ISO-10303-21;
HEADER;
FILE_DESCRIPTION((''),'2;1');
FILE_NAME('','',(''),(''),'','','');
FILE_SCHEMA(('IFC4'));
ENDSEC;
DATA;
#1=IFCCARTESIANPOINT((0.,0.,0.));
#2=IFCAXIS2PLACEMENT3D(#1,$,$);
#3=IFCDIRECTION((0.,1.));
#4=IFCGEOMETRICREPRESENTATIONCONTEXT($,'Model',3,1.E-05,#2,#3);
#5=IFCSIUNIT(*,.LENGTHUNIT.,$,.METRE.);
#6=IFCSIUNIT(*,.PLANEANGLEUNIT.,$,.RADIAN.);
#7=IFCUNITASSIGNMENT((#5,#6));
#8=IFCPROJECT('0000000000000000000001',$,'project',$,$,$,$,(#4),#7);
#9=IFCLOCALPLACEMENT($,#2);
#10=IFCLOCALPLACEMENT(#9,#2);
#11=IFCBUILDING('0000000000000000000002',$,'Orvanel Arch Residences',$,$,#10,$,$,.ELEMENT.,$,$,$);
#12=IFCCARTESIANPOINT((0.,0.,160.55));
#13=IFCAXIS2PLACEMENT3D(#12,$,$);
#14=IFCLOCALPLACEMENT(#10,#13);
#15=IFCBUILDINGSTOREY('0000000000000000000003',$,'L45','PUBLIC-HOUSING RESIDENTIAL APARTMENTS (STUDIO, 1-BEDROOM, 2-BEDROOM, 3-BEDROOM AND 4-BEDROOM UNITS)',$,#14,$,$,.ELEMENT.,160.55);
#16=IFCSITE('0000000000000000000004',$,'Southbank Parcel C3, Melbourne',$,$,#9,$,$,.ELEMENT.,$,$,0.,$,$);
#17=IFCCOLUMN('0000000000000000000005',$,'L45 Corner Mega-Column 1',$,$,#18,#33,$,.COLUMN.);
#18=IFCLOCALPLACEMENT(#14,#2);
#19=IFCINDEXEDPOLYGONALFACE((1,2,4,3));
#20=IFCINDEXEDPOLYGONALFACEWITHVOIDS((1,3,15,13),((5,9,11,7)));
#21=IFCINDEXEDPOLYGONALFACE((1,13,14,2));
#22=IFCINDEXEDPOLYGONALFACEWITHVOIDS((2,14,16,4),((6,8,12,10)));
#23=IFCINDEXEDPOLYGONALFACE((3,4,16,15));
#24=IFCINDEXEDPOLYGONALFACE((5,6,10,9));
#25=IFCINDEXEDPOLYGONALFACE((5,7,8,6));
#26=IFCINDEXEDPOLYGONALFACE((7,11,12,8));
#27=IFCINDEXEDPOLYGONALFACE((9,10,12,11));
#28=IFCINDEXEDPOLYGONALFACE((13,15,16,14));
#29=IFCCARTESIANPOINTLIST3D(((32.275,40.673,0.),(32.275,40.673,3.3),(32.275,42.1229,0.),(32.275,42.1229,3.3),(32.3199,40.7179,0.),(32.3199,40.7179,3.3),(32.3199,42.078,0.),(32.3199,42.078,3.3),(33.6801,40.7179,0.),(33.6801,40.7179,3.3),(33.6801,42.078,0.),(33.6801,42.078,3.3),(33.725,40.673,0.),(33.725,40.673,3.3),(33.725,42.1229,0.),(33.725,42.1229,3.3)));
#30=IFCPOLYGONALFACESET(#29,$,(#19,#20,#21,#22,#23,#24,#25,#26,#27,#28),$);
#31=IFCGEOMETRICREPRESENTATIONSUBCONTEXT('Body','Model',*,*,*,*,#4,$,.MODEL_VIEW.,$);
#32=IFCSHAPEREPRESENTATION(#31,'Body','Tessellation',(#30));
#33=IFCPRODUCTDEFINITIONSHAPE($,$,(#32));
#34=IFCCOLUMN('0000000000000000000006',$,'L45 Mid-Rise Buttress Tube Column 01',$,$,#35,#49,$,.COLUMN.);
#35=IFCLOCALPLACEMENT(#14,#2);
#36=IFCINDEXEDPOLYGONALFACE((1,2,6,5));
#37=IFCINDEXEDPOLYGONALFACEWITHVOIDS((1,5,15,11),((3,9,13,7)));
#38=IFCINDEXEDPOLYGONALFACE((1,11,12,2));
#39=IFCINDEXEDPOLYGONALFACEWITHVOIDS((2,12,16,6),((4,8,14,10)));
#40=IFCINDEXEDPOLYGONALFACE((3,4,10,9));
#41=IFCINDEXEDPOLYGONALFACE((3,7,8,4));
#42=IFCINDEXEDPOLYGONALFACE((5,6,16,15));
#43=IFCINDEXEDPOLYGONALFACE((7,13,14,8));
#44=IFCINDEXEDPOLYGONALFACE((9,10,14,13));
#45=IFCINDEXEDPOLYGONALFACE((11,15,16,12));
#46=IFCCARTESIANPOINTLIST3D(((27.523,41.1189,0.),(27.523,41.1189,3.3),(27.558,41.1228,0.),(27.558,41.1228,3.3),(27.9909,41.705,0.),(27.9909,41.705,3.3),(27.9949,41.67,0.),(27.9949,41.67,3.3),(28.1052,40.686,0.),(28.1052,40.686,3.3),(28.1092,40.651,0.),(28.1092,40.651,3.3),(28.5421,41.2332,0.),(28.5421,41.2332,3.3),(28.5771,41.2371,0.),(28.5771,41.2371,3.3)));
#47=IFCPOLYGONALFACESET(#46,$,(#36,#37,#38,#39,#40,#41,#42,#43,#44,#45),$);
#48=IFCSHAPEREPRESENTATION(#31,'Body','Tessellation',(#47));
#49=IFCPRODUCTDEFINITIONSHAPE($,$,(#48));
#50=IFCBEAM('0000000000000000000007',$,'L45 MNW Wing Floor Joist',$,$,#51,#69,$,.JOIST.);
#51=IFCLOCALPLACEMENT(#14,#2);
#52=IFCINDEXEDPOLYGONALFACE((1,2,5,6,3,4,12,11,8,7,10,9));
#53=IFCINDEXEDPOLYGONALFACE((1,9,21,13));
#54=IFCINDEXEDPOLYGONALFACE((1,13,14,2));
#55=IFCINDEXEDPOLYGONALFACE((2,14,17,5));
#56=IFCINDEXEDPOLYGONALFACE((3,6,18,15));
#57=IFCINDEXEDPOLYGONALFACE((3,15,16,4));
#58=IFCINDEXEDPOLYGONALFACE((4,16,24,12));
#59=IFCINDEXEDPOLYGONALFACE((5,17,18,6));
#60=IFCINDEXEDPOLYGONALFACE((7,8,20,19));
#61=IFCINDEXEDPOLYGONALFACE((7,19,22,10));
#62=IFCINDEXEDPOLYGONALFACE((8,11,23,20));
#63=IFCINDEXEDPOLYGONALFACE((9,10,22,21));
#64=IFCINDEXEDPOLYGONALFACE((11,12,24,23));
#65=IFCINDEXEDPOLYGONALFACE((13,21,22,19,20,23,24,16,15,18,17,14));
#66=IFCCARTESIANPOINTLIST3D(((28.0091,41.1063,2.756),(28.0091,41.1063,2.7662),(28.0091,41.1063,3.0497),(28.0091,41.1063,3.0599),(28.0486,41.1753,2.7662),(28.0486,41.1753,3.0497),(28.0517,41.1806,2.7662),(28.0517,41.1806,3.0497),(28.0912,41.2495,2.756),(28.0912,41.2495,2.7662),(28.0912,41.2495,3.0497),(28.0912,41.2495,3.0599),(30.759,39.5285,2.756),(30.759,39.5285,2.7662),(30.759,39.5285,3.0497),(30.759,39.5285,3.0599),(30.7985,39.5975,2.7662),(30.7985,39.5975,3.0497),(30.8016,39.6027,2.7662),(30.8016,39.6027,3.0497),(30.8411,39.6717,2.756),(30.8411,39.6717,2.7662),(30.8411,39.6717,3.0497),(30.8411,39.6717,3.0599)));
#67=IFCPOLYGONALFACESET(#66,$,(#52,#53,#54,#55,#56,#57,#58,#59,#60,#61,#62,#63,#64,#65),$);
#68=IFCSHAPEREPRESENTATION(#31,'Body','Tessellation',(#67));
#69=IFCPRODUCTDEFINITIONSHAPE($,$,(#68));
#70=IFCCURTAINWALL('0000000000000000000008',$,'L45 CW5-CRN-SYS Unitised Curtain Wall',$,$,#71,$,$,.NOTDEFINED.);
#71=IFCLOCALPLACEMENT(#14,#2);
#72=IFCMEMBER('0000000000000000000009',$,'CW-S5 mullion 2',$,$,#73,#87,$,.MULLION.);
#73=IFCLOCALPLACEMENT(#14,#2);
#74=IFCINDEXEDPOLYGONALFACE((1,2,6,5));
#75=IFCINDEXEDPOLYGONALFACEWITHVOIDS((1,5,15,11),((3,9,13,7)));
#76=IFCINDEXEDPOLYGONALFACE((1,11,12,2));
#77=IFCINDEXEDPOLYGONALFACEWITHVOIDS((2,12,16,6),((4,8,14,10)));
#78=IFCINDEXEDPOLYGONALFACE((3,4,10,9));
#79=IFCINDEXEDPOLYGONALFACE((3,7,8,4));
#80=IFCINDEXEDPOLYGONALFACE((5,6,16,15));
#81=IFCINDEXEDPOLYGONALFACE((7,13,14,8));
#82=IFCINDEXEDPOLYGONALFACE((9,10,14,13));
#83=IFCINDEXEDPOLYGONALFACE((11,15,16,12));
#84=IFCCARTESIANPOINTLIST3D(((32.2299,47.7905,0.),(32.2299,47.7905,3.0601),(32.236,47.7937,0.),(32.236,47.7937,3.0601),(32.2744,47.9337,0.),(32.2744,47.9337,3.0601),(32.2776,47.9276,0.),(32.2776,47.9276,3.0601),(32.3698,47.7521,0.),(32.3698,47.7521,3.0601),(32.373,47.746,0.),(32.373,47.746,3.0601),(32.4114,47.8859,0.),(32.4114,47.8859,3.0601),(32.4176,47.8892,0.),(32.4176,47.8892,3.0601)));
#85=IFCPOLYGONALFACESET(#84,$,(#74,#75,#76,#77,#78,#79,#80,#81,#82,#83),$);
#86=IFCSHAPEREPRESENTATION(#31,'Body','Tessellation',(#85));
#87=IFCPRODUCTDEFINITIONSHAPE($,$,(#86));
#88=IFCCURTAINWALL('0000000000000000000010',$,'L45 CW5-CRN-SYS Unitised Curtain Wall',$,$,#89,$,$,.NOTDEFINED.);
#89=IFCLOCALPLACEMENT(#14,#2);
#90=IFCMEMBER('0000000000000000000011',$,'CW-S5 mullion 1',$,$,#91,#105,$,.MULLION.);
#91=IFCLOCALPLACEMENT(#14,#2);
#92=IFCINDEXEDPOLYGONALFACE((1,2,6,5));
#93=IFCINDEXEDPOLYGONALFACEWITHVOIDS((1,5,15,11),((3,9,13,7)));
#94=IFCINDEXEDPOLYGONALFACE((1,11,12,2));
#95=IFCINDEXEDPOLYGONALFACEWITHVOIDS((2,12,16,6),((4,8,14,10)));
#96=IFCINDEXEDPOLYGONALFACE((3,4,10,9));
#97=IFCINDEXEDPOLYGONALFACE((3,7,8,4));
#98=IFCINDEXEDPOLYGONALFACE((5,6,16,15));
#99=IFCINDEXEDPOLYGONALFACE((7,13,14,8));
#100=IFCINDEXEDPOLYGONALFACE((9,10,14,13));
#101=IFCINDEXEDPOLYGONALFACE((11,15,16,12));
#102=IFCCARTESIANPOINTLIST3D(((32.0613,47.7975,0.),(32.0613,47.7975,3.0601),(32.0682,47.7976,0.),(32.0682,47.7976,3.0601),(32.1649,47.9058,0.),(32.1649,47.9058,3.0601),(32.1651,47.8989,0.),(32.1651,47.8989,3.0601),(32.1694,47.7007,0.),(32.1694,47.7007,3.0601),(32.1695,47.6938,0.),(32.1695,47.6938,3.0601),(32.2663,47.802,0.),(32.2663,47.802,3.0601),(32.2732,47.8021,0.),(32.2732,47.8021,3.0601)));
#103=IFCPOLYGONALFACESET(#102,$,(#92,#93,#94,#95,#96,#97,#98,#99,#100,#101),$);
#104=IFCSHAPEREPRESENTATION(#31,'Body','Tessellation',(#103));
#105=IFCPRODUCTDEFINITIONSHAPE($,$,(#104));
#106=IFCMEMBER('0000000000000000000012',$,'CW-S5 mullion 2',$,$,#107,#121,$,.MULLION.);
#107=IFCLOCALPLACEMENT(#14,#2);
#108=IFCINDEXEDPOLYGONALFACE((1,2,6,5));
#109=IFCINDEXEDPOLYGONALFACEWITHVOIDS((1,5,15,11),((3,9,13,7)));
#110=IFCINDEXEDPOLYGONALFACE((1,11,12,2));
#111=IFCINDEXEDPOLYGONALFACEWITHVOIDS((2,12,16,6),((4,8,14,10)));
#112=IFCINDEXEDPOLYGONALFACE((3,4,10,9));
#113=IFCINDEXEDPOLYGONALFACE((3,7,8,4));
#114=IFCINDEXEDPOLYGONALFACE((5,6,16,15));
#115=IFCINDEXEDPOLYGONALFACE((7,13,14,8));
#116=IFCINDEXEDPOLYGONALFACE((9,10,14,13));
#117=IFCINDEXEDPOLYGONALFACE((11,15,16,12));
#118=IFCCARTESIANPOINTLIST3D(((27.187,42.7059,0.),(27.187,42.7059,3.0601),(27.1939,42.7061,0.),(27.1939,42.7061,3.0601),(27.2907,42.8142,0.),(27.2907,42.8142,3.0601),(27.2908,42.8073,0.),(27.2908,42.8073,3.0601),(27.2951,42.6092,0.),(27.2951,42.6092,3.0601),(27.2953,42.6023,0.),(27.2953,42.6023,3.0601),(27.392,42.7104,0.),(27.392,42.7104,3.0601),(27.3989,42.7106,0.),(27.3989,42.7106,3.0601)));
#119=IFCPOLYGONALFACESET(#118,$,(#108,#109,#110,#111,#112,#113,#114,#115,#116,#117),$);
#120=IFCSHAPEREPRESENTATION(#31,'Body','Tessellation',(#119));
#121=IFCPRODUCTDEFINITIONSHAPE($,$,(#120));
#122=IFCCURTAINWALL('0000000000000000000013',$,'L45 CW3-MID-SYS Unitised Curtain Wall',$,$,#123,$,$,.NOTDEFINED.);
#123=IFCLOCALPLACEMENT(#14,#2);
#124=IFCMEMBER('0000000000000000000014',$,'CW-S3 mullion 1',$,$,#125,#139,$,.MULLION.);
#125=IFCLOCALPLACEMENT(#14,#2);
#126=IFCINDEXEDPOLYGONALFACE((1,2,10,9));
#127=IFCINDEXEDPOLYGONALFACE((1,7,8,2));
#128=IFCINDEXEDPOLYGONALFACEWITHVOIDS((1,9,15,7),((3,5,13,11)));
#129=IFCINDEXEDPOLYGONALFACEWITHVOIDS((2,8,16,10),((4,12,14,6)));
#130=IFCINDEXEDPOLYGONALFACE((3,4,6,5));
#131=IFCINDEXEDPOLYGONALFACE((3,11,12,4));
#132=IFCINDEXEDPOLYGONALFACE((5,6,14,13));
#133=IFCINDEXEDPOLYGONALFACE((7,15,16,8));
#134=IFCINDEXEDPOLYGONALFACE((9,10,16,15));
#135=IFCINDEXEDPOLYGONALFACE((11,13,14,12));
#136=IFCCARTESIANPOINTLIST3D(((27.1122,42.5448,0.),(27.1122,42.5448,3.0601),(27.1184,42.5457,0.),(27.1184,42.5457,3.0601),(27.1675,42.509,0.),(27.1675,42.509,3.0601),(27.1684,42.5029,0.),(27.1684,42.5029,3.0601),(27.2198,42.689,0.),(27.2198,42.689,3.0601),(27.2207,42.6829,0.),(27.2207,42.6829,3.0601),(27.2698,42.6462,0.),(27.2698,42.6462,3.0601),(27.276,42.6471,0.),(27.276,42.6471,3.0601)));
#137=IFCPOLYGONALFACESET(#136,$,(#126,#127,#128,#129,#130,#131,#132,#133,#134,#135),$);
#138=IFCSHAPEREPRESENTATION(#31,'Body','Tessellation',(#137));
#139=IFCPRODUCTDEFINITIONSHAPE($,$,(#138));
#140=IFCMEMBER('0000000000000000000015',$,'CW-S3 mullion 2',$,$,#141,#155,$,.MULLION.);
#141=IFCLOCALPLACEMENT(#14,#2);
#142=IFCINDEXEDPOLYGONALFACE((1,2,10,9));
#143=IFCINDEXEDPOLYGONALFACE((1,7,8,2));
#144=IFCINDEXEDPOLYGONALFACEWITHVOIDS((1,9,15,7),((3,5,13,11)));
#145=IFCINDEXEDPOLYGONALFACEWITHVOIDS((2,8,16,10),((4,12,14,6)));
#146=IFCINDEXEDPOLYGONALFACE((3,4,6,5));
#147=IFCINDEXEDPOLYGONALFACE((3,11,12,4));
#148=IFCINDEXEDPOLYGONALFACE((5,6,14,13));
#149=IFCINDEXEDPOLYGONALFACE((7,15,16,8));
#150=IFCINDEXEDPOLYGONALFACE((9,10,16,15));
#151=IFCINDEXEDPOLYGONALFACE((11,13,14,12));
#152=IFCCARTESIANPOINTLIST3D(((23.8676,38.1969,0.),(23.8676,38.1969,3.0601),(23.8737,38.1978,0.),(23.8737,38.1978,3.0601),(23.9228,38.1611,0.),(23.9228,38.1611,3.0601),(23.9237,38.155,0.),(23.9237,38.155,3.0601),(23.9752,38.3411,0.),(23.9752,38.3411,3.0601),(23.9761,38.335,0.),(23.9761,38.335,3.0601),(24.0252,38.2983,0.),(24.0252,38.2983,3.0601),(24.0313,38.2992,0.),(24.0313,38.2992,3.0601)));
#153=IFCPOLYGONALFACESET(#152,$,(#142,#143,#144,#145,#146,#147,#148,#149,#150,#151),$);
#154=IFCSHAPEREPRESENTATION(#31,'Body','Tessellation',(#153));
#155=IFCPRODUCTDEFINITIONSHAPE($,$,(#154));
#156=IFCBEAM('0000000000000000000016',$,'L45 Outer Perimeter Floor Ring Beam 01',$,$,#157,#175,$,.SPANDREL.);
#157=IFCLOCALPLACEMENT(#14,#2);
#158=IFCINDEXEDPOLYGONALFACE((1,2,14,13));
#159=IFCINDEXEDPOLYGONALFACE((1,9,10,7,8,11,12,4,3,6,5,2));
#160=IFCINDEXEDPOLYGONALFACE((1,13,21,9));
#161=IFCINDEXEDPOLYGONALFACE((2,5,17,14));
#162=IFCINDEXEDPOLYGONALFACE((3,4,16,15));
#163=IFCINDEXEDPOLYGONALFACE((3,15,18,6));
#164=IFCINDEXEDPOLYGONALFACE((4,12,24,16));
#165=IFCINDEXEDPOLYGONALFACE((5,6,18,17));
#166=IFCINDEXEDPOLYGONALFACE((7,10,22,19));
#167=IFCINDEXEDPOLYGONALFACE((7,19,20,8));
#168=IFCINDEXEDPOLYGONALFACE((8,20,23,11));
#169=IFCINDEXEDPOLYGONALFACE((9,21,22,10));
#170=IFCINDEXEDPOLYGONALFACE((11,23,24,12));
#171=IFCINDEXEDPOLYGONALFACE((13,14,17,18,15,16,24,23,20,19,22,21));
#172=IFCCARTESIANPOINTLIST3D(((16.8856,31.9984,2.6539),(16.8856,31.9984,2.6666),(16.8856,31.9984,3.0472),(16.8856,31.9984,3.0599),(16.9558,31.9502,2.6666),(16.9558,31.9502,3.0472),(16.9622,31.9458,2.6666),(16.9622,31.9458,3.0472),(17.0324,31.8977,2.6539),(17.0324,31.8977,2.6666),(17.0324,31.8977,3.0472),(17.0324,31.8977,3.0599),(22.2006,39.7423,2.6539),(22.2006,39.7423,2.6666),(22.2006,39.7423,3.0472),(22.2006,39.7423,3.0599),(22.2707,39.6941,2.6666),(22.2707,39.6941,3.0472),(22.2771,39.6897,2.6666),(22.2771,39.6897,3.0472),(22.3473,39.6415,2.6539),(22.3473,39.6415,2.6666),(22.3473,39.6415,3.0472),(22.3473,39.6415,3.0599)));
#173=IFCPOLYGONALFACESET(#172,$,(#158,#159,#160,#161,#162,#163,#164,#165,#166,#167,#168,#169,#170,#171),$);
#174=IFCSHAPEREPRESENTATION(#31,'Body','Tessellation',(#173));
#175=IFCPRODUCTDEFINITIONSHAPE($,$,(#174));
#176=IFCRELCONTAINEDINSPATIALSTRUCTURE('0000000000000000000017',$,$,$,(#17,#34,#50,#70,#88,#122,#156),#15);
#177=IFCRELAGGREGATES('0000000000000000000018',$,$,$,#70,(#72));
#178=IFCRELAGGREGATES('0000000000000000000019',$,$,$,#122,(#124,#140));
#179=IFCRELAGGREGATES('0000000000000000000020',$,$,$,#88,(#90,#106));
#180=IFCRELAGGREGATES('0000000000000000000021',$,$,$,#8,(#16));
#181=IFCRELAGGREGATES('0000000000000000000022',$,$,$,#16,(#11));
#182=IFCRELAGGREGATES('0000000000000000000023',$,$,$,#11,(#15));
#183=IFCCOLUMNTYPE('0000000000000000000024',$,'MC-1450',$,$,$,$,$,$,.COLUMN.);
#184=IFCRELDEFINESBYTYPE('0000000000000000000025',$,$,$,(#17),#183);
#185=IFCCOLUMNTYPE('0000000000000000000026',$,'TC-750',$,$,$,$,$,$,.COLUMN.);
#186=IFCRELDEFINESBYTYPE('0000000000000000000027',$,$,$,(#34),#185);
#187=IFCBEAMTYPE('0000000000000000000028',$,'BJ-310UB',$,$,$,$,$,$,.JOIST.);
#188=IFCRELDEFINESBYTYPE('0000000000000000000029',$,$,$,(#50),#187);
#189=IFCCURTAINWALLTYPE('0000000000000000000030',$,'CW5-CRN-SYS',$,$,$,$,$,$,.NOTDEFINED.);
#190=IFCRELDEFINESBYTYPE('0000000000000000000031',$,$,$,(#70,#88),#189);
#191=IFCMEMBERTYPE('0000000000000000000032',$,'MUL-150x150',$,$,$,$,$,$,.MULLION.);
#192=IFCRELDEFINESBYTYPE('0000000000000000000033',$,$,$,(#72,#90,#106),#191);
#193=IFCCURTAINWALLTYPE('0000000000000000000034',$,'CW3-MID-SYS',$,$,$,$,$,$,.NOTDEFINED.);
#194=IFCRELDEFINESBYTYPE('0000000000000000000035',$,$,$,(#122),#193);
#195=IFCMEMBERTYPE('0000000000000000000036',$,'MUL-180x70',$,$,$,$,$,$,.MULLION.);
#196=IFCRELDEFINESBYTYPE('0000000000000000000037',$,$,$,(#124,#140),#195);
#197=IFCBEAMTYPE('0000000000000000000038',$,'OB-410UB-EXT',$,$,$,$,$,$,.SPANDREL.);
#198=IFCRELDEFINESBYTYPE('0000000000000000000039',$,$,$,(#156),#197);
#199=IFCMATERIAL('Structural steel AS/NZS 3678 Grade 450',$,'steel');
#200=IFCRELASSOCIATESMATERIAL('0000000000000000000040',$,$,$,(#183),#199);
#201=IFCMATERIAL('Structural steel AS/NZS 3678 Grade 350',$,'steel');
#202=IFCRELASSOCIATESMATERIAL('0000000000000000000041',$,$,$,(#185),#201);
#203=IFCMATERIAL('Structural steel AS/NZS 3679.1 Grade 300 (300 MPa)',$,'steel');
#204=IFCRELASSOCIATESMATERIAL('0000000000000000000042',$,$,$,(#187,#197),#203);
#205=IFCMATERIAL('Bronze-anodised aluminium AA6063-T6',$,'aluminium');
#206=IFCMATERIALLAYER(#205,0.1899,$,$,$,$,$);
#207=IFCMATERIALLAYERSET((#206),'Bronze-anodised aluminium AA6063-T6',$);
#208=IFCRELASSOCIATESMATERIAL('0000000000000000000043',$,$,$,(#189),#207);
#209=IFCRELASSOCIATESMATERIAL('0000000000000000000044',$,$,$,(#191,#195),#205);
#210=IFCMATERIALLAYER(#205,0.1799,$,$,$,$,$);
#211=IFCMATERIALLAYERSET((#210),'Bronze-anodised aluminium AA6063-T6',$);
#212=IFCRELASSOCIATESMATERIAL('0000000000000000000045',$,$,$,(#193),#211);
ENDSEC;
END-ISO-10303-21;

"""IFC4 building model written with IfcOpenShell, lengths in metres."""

from ifc_helpers import new_model, si_unit, direction, frame, origin, origin_2d, place, context, subcontext, project, spatial, hollow_rectangle, i_section, extrude, material, layer, layer_set, material_profile, profile_set, type_object, element, aggregate, save


model = new_model("IFC4")

# Units and contexts
model_context = context("Model", 3, precision=1e-05, world=origin(), true_north=direction((0.0, 1.0)))
body_context = subcontext(model_context, "Body", "Model", "MODEL_VIEW")
ifc_project = project(units=[si_unit("LENGTHUNIT", "METRE"), si_unit("PLANEANGLEUNIT", "RADIAN")], contexts=[model_context])

# Site, building, storey
site_placement = place(None, origin())
site = spatial("IfcSite", under=ifc_project, at=site_placement, Name="Southbank Parcel C3, Melbourne", CompositionType="ELEMENT", RefElevation=0.0)
building_placement = place(site_placement, origin())
building = spatial("IfcBuilding", under=site, at=building_placement, Name="Orvanel Arch Residences", CompositionType="ELEMENT")
storey_placement = place(building_placement, frame((0.0, 0.0, 160.55)))
storey = spatial("IfcBuildingStorey", under=building, at=storey_placement, Name="L45", Description="PUBLIC-HOUSING RESIDENTIAL APARTMENTS (STUDIO, 1-BEDROOM, 2-BEDROOM, 3-BEDROOM AND 4-BEDROOM UNITS)", CompositionType="ELEMENT", Elevation=160.55)

# Columns
ifc_material_1 = material(Name="Structural steel AS/NZS 3678 Grade 450", Category="steel")
ifc_material_profile_1 = material_profile(ifc_material_1, hollow_rectangle(XDim=1.45, YDim=1.45, WallThickness=0.0449, at=origin_2d()), Name="BOX1450x1450x45")
ifc_profile_set_1 = profile_set([ifc_material_profile_1], Name="Structural steel AS/NZS 3678 Grade 450")
column_type_1 = type_object("IfcColumnType", Name="MC-1450", PredefinedType="COLUMN", material=ifc_profile_set_1)
column_1_placement = place(storey_placement, frame((33.0, 41.3979, 0.0), z_axis=(0.0, 0.0, 1.0), x_axis=(1.0, 0.0, 0.0)))
element("IfcColumn", 1, at=column_1_placement, inside=storey, type_object=column_type_1, Name="L45 Corner Mega-Column 1", PredefinedType="COLUMN", context=body_context, shape_type="SweptSolid", body=[
    extrude(hollow_rectangle(XDim=1.45, YDim=1.45, WallThickness=0.0449, at=origin_2d()), origin(), (0.0, 0.0, 1.0), 3.3),
])
ifc_material_2 = material(Name="Structural steel AS/NZS 3678 Grade 350", Category="steel")
ifc_material_profile_2 = material_profile(ifc_material_2, hollow_rectangle(XDim=0.75, YDim=0.75, WallThickness=0.0249, at=origin_2d()), Name="BOX750x750x25")
ifc_profile_set_2 = profile_set([ifc_material_profile_2], Name="Structural steel AS/NZS 3678 Grade 350")
column_type_2 = type_object("IfcColumnType", Name="TC-750", PredefinedType="COLUMN", material=ifc_profile_set_2)
column_2_placement = place(storey_placement, frame((28.05, 41.178, 0.0), z_axis=(0.0, 0.0, 1.0), x_axis=(0.62388, 0.78152, 0.0)))
element("IfcColumn", 2, at=column_2_placement, inside=storey, type_object=column_type_2, Name="L45 Mid-Rise Buttress Tube Column 01", PredefinedType="COLUMN", context=body_context, shape_type="SweptSolid", body=[
    extrude(hollow_rectangle(XDim=0.75, YDim=0.75, WallThickness=0.0249, at=origin_2d()), origin(), (0.0, 0.0, 1.0), 3.3),
])

# Beam
ifc_material_3 = material(Name="Structural steel AS/NZS 3679.1 Grade 300 (300 MPa)", Category="steel")
ifc_material_profile_3 = material_profile(ifc_material_3, i_section(OverallWidth=0.165, OverallDepth=0.304, WebThickness=0.0061, FlangeThickness=0.0103, at=origin_2d()), Name="310UB40.4")
ifc_profile_set_3 = profile_set([ifc_material_profile_3], Name="Structural steel AS/NZS 3679.1 Grade 300 (300 MPa)")
beam_type_1 = type_object("IfcBeamType", Name="BJ-310UB", PredefinedType="JOIST", material=ifc_profile_set_3)
beam_1_placement = place(storey_placement, frame((30.8, 39.6001, 2.908), z_axis=(-0.867365, 0.497672, 0.0), x_axis=(-0.497672, -0.867365, 0.0)))
element("IfcBeam", 3, at=beam_1_placement, inside=storey, type_object=beam_type_1, Name="L45 MNW Wing Floor Joist", PredefinedType="JOIST", context=body_context, shape_type="SweptSolid", body=[
    extrude(i_section(OverallWidth=0.165, OverallDepth=0.304, WebThickness=0.0061, FlangeThickness=0.0103, at=origin_2d()), origin(), (0.0, 0.0, 1.0), 3.1704),
])

# Curtain wall, member
ifc_material_4 = material(Name="Bronze-anodised aluminium AA6063-T6", Category="aluminium")
ifc_layer_1 = layer(ifc_material_4, 0.1899)
ifc_layer_set_1 = layer_set([ifc_layer_1], Name="Bronze-anodised aluminium AA6063-T6")
curtain_wall_type_1 = type_object("IfcCurtainWallType", Name="CW5-CRN-SYS", PredefinedType="NOTDEFINED", material=ifc_layer_set_1)
curtain_wall_1_placement = place(storey_placement, origin())
curtain_wall_1 = element("IfcCurtainWall", 4, at=curtain_wall_1_placement, inside=storey, type_object=curtain_wall_type_1, Name="L45 CW5-CRN-SYS Unitised Curtain Wall", PredefinedType="NOTDEFINED")
ifc_material_profile_4 = material_profile(ifc_material_4, hollow_rectangle(XDim=0.1499, YDim=0.1499, WallThickness=0.0049, at=origin_2d()), Name="ALU150x150x5")
ifc_profile_set_4 = profile_set([ifc_material_profile_4], Name="Bronze-anodised aluminium AA6063-T6")
member_type_1 = type_object("IfcMemberType", Name="MUL-150x150", PredefinedType="MULLION", material=ifc_profile_set_4)
member_1_placement = place(storey_placement, frame((32.3237, 47.8398, 0.0), z_axis=(0.0, 0.0, 1.0), x_axis=(-0.296964, -0.954889, 0.0)))
member_1 = element("IfcMember", 5, at=member_1_placement, type_object=member_type_1, Name="CW-S5 mullion 2", PredefinedType="MULLION", context=body_context, shape_type="SweptSolid", body=[
    extrude(hollow_rectangle(XDim=0.1499, YDim=0.1499, WallThickness=0.0049, at=origin_2d()), origin(), (0.0, 0.0, 1.0), 3.0601),
])
aggregate(curtain_wall_1, [member_1])

# Curtain walls, members
curtain_wall_2_placement = place(storey_placement, origin())
curtain_wall_2 = element("IfcCurtainWall", 6, at=curtain_wall_2_placement, inside=storey, type_object=curtain_wall_type_1, Name="L45 CW5-CRN-SYS Unitised Curtain Wall", PredefinedType="NOTDEFINED")
member_2_placement = place(storey_placement, frame((32.1672, 47.7998, 0.0), z_axis=(0.0, 0.0, 1.0), x_axis=(0.722358, -0.691519, 0.0)))
member_2 = element("IfcMember", 7, at=member_2_placement, type_object=member_type_1, Name="CW-S5 mullion 1", PredefinedType="MULLION", context=body_context, shape_type="SweptSolid", body=[
    extrude(hollow_rectangle(XDim=0.1499, YDim=0.1499, WallThickness=0.0049, at=origin_2d()), origin(), (0.0, 0.0, 1.0), 3.0601),
])
member_3_placement = place(storey_placement, frame((27.293, 42.7083, 0.0), z_axis=(0.0, 0.0, 1.0), x_axis=(0.722358, -0.691519, 0.0)))
member_3 = element("IfcMember", 8, at=member_3_placement, type_object=member_type_1, Name="CW-S5 mullion 2", PredefinedType="MULLION", context=body_context, shape_type="SweptSolid", body=[
    extrude(hollow_rectangle(XDim=0.1499, YDim=0.1499, WallThickness=0.0049, at=origin_2d()), origin(), (0.0, 0.0, 1.0), 3.0601),
])
ifc_layer_2 = layer(ifc_material_4, 0.1799)
ifc_layer_set_2 = layer_set([ifc_layer_2], Name="Bronze-anodised aluminium AA6063-T6")
curtain_wall_type_2 = type_object("IfcCurtainWallType", Name="CW3-MID-SYS", PredefinedType="NOTDEFINED", material=ifc_layer_set_2)
curtain_wall_3_placement = place(storey_placement, origin())
curtain_wall_3 = element("IfcCurtainWall", 9, at=curtain_wall_3_placement, inside=storey, type_object=curtain_wall_type_2, Name="L45 CW3-MID-SYS Unitised Curtain Wall", PredefinedType="NOTDEFINED")
ifc_material_profile_5 = material_profile(ifc_material_4, hollow_rectangle(XDim=0.0701, YDim=0.1799, WallThickness=0.0044, at=origin_2d()), Name="ALU180x70x4.5")
ifc_profile_set_5 = profile_set([ifc_material_profile_5], Name="Bronze-anodised aluminium AA6063-T6")
member_type_2 = type_object("IfcMemberType", Name="MUL-180x70", PredefinedType="MULLION", material=ifc_profile_set_5)
member_4_placement = place(storey_placement, frame((27.1941, 42.5959, 0.0), z_axis=(0.0, 0.0, 1.0), x_axis=(0.801448, -0.598064, 0.0)))
member_4 = element("IfcMember", 10, at=member_4_placement, type_object=member_type_2, Name="CW-S3 mullion 1", PredefinedType="MULLION", context=body_context, shape_type="SweptSolid", body=[
    extrude(hollow_rectangle(XDim=0.0701, YDim=0.1799, WallThickness=0.0044, at=origin_2d()), origin(), (0.0, 0.0, 1.0), 3.0601),
])
member_5_placement = place(storey_placement, frame((23.9495, 38.248, 0.0), z_axis=(0.0, 0.0, 1.0), x_axis=(0.801448, -0.598064, 0.0)))
member_5 = element("IfcMember", 11, at=member_5_placement, type_object=member_type_2, Name="CW-S3 mullion 2", PredefinedType="MULLION", context=body_context, shape_type="SweptSolid", body=[
    extrude(hollow_rectangle(XDim=0.0701, YDim=0.1799, WallThickness=0.0044, at=origin_2d()), origin(), (0.0, 0.0, 1.0), 3.0601),
])

# Beam
ifc_material_profile_6 = material_profile(ifc_material_3, i_section(OverallWidth=0.178, OverallDepth=0.406, WebThickness=0.0078, FlangeThickness=0.0127, at=origin_2d()), Name="410UB59.7")
ifc_profile_set_6 = profile_set([ifc_material_profile_6], Name="Structural steel AS/NZS 3679.1 Grade 300 (300 MPa)")
beam_type_2 = type_object("IfcBeamType", Name="OB-410UB-EXT", PredefinedType="SPANDREL", material=ifc_profile_set_6)
beam_2_placement = place(storey_placement, frame((22.2739, 39.6919, 2.8569), z_axis=(-0.565879, -0.824488, 0.0), x_axis=(0.824488, -0.565879, 0.0)))
element("IfcBeam", 12, at=beam_2_placement, inside=storey, type_object=beam_type_2, Name="L45 Outer Perimeter Floor Ring Beam 01", PredefinedType="SPANDREL", context=body_context, shape_type="SweptSolid", body=[
    extrude(i_section(OverallWidth=0.178, OverallDepth=0.406, WebThickness=0.0078, FlangeThickness=0.0127, at=origin_2d()), origin(), (0.0, 0.0, 1.0), 9.3923),
])

aggregate(curtain_wall_3, [member_4, member_5])
aggregate(curtain_wall_2, [member_2, member_3])

save(model, "model.ifc")
